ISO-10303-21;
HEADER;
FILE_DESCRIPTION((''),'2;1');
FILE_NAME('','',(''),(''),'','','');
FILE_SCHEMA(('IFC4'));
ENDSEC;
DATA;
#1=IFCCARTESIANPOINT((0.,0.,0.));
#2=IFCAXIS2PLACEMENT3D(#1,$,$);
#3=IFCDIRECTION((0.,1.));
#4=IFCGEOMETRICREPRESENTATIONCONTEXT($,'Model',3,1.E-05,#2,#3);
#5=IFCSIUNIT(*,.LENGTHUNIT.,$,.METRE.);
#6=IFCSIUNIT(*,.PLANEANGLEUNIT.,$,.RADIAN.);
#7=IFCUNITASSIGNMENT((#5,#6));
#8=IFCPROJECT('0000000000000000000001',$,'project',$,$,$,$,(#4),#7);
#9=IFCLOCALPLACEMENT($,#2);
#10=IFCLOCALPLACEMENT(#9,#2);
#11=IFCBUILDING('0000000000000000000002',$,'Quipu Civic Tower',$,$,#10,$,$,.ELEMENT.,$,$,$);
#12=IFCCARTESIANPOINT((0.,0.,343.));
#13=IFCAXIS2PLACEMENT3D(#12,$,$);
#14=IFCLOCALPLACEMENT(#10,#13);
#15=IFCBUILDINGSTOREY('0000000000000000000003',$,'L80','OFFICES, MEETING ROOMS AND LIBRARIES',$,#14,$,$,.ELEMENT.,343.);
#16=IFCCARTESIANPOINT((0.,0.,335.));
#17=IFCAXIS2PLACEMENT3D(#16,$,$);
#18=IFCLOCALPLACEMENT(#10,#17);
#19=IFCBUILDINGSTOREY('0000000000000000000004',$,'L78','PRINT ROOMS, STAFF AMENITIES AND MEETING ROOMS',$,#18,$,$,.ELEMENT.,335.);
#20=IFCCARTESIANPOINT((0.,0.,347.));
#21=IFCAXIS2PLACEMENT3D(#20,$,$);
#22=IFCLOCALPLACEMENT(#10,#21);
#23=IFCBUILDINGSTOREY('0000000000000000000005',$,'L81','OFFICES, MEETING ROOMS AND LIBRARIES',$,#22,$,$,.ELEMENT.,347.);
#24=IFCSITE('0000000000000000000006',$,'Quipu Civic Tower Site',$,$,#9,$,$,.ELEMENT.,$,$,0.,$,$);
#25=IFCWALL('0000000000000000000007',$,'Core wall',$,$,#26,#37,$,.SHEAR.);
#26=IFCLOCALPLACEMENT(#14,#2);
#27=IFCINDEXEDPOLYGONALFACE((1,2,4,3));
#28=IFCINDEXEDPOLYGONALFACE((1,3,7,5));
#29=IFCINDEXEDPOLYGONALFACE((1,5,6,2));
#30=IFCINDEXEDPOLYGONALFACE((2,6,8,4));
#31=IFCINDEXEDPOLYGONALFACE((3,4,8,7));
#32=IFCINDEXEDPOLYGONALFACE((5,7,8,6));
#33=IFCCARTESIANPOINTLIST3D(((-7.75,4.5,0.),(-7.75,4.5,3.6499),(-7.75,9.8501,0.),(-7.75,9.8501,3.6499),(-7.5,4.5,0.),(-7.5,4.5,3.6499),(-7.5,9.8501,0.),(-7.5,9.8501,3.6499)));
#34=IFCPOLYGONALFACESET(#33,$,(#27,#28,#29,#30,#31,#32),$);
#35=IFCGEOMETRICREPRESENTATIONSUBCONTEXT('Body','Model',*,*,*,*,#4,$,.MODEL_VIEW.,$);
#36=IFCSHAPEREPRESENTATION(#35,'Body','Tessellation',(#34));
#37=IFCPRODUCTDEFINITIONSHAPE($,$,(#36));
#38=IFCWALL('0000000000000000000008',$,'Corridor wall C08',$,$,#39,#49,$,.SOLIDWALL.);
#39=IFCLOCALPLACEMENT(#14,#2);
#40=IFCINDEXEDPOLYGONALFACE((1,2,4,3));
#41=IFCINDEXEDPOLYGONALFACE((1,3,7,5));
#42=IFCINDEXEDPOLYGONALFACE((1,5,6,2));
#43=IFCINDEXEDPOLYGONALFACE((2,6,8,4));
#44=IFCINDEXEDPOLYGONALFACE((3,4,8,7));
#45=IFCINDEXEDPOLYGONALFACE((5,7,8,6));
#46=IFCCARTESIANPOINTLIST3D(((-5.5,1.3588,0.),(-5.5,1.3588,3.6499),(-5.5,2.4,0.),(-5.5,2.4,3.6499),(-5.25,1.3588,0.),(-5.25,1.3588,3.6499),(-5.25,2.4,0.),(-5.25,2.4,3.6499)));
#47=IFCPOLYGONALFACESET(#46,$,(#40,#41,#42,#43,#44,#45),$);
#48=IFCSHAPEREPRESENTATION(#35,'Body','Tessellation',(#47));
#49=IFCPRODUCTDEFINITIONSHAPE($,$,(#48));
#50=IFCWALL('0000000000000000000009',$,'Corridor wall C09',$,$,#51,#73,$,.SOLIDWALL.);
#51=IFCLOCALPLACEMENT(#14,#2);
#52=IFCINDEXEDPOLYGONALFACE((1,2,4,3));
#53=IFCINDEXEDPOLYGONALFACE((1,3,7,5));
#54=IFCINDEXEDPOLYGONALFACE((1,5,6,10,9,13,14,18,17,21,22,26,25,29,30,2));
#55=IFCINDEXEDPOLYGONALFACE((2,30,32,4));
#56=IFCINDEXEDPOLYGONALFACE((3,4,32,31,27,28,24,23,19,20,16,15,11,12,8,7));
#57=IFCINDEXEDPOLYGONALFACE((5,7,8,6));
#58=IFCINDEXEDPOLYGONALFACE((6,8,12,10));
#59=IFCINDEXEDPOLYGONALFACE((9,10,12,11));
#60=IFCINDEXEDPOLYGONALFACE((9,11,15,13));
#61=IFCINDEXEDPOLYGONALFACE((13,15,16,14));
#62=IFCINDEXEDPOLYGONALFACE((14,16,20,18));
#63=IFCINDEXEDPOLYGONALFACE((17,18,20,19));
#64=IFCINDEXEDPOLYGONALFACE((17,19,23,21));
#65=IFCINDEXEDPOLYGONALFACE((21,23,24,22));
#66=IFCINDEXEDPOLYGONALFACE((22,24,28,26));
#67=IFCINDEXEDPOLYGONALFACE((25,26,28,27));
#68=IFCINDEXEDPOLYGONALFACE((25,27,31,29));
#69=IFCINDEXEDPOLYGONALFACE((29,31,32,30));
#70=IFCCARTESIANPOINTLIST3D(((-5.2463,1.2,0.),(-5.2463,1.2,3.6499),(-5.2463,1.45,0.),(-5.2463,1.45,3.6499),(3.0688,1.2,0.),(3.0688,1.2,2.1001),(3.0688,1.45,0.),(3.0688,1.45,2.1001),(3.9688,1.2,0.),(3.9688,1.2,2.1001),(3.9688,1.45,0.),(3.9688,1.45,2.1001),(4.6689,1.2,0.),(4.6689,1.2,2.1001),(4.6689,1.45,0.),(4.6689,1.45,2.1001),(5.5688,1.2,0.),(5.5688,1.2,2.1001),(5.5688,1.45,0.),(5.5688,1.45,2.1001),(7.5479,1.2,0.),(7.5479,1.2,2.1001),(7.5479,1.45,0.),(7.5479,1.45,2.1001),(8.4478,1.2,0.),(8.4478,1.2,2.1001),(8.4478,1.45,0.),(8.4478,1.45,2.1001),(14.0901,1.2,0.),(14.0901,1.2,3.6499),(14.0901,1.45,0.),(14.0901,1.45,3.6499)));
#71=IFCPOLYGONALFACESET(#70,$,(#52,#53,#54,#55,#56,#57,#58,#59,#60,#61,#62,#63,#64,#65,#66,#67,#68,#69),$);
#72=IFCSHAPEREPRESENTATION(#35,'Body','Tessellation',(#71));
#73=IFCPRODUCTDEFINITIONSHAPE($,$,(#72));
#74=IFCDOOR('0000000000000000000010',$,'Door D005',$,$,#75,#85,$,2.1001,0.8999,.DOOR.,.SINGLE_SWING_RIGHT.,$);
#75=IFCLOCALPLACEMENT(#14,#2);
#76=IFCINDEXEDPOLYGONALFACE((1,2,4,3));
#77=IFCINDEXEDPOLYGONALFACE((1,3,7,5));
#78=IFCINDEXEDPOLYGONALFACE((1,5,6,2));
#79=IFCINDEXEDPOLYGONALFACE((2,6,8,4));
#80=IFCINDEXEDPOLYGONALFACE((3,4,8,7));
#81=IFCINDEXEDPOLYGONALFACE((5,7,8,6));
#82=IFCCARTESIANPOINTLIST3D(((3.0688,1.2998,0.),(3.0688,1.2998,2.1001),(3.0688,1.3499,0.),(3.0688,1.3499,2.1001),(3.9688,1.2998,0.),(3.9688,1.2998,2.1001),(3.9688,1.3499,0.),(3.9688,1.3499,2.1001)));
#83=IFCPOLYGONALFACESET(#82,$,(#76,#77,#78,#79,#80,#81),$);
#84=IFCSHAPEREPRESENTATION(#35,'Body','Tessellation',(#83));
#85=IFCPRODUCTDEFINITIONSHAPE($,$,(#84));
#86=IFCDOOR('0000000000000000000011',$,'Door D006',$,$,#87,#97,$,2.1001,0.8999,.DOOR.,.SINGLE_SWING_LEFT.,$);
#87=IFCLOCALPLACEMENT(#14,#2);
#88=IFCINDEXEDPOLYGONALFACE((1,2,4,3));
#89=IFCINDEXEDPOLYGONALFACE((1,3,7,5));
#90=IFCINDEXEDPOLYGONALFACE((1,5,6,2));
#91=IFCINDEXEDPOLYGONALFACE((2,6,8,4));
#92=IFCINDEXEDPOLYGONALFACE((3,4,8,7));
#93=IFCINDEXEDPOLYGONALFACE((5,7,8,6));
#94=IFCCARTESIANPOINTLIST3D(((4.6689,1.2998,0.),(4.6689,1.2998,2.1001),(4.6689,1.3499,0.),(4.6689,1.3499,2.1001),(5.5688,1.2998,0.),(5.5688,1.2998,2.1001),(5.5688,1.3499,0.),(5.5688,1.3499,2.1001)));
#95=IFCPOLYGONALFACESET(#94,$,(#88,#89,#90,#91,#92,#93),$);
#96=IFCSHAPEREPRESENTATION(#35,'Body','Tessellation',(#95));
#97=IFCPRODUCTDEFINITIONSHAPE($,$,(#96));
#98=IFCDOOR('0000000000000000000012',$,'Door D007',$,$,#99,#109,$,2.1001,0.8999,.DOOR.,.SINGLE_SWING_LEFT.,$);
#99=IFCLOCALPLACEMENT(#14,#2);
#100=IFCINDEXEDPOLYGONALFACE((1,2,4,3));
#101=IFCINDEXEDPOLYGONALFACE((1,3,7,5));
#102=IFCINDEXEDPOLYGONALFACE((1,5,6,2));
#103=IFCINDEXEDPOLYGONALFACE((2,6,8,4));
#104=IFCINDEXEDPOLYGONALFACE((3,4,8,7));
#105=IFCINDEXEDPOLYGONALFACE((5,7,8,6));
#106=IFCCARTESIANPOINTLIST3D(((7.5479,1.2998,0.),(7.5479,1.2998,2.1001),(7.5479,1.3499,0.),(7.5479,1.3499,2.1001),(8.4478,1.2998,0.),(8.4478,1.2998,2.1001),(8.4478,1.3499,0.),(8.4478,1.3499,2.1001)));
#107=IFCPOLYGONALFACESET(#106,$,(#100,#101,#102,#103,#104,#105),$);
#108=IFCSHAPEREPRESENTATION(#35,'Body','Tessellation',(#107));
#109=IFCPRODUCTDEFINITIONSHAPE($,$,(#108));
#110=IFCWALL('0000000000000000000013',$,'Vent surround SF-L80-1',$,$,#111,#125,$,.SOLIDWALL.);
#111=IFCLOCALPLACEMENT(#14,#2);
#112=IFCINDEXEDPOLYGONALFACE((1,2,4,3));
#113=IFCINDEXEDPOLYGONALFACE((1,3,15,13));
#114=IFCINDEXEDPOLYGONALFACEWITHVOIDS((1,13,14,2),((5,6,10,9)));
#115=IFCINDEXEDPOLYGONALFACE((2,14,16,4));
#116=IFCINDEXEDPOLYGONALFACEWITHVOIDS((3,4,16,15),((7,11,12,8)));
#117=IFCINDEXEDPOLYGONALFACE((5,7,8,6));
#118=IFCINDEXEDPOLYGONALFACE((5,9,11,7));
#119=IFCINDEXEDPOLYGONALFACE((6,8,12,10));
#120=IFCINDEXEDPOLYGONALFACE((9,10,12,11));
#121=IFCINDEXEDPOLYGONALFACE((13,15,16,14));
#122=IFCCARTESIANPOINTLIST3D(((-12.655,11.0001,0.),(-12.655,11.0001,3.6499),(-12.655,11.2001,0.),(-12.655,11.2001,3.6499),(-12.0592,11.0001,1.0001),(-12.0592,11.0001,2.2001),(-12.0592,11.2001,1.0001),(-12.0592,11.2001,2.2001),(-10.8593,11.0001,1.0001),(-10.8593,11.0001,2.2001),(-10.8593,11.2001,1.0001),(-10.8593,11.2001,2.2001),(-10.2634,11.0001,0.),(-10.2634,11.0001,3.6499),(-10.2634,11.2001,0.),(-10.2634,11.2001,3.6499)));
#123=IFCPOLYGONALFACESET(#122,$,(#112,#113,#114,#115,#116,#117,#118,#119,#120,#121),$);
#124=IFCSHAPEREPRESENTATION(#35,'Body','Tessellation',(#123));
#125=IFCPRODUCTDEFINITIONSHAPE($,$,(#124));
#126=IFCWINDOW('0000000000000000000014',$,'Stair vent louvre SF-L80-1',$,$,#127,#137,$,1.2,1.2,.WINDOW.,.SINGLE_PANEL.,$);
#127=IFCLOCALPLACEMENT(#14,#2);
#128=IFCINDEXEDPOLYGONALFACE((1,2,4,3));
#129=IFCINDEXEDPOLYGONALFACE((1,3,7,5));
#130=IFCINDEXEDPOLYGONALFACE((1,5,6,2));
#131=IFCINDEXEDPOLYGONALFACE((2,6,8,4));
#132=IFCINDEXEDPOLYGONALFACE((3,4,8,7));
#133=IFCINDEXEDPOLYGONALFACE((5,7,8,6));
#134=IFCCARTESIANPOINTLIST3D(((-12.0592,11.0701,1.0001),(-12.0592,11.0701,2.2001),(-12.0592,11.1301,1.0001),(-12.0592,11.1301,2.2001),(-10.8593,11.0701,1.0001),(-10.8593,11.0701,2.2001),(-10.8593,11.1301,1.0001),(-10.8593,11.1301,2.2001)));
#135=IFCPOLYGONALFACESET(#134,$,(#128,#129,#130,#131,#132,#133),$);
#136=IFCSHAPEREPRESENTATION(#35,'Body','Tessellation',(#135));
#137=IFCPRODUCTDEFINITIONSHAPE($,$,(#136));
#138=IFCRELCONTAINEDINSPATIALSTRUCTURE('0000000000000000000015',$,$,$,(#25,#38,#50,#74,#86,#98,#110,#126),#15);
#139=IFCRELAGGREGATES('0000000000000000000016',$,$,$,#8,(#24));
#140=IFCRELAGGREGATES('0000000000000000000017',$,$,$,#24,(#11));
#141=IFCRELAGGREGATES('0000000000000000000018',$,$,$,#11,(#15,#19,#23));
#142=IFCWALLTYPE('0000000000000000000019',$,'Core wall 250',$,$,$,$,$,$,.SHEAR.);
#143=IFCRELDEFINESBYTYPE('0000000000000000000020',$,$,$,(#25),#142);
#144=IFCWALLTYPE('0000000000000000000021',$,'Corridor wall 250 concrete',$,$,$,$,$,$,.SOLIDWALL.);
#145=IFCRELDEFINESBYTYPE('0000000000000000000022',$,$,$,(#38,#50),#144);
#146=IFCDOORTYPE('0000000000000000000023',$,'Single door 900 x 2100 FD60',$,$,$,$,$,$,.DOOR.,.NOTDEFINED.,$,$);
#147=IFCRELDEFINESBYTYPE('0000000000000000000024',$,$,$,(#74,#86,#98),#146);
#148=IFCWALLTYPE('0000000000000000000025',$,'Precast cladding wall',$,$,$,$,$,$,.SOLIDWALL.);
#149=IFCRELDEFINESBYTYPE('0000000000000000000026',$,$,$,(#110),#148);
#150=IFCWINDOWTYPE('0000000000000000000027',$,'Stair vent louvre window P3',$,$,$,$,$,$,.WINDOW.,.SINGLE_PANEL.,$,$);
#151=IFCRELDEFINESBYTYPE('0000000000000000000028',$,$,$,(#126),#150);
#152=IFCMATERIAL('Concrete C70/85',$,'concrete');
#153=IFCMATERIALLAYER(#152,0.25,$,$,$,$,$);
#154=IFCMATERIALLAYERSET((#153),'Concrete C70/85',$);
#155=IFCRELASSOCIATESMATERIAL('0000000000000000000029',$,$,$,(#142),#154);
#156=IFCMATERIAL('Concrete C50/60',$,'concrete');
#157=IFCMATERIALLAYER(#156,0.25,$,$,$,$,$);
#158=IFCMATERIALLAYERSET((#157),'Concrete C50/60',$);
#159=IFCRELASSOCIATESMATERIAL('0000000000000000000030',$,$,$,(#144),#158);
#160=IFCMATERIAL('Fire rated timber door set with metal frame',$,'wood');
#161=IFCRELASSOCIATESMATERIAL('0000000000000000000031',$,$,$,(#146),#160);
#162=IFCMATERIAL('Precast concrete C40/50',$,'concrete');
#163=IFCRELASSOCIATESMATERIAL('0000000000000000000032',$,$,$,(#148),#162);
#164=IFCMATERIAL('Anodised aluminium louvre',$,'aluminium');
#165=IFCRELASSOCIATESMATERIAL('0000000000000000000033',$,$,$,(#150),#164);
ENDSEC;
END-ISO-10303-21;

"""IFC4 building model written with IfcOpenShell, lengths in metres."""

from ifc_helpers import new_model, si_unit, direction, frame, frame_2d, origin, place, context, subcontext, project, spatial, rectangle, extrude, material, layer, layer_set, type_object, element, fill, save


model = new_model("IFC4")

# Units and contexts
model_context = context("Model", 3, precision=1e-05, world=origin(), true_north=direction((0.0, 1.0)))
body_context = subcontext(model_context, "Body", "Model", "MODEL_VIEW")
ifc_project = project(units=[si_unit("LENGTHUNIT", "METRE"), si_unit("PLANEANGLEUNIT", "RADIAN")], contexts=[model_context])

# Site, building, storey
site_placement = place(None, origin())
site = spatial("IfcSite", under=ifc_project, at=site_placement, Name="Quipu Civic Tower Site", CompositionType="ELEMENT", RefElevation=0.0)
building_placement = place(site_placement, origin())
building = spatial("IfcBuilding", under=site, at=building_placement, Name="Quipu Civic Tower", CompositionType="ELEMENT")
storey_1_placement = place(building_placement, frame((0.0, 0.0, 343.0)))
storey_1 = spatial("IfcBuildingStorey", under=building, at=storey_1_placement, Name="L80", Description="OFFICES, MEETING ROOMS AND LIBRARIES", CompositionType="ELEMENT", Elevation=343.0)

# Shared definitions
storey_2_placement = place(building_placement, frame((0.0, 0.0, 335.0)))
storey_2 = spatial("IfcBuildingStorey", under=building, at=storey_2_placement, Name="L78", Description="PRINT ROOMS, STAFF AMENITIES AND MEETING ROOMS", CompositionType="ELEMENT", Elevation=335.0)

# Shared definitions
storey_3_placement = place(building_placement, frame((0.0, 0.0, 347.0)))
storey_3 = spatial("IfcBuildingStorey", under=building, at=storey_3_placement, Name="L81", Description="OFFICES, MEETING ROOMS AND LIBRARIES", CompositionType="ELEMENT", Elevation=347.0)

# Walls
ifc_material_1 = material(Name="Concrete C70/85", Category="concrete")
ifc_layer_1 = layer(ifc_material_1, 0.25)
ifc_layer_set_1 = layer_set([ifc_layer_1], Name="Concrete C70/85")
wall_type_1 = type_object("IfcWallType", Name="Core wall 250", PredefinedType="SHEAR", material=ifc_layer_set_1)
wall_1_placement = place(storey_1_placement, frame((-7.625, 4.5, 0.0), z_axis=(0.0, 0.0, 1.0), x_axis=(0.0, 1.0, 0.0)))
element("IfcWall", 1, at=wall_1_placement, inside=storey_1, type_object=wall_type_1, Name="Core wall", PredefinedType="SHEAR", context=body_context, shape_type="SweptSolid", body=[
    extrude(rectangle(XDim=5.3501, YDim=0.25, at=frame_2d((2.675, 0.0))), origin(), (0.0, 0.0, 1.0), 3.6499),
])
ifc_material_2 = material(Name="Concrete C50/60", Category="concrete")
ifc_layer_2 = layer(ifc_material_2, 0.25)
ifc_layer_set_2 = layer_set([ifc_layer_2], Name="Concrete C50/60")
wall_type_2 = type_object("IfcWallType", Name="Corridor wall 250 concrete", PredefinedType="SOLIDWALL", material=ifc_layer_set_2)
wall_2_placement = place(storey_1_placement, frame((-5.375, 2.3999, 0.0), z_axis=(0.0, 0.0, 1.0), x_axis=(0.0, -1.0, 0.0)))
element("IfcWall", 2, at=wall_2_placement, inside=storey_1, type_object=wall_type_2, Name="Corridor wall C08", PredefinedType="SOLIDWALL", context=body_context, shape_type="SweptSolid", body=[
    extrude(rectangle(XDim=1.0413, YDim=0.25, at=frame_2d((0.5205, 0.0))), origin(), (0.0, 0.0, 1.0), 3.6499),
])

# Wall, openings, doors
wall_3_placement = place(storey_1_placement, frame((-5.2463, 1.325, 0.0), z_axis=(0.0, 0.0, 1.0), x_axis=(1.0, 0.0, 0.0)))
wall_3 = element("IfcWall", 3, at=wall_3_placement, inside=storey_1, type_object=wall_type_2, Name="Corridor wall C09", PredefinedType="SOLIDWALL", context=body_context, shape_type="SweptSolid", body=[
    extrude(rectangle(XDim=19.3364, YDim=0.25, at=frame_2d((9.6682, 0.0))), origin(), (0.0, 0.0, 1.0), 3.6499),
])
opening_1_placement = place(wall_3_placement, frame((8.3152, 0.0, 0.0)))
opening_1 = element("IfcOpeningElement", 4, at=opening_1_placement, cuts=wall_3, PredefinedType="OPENING", context=body_context, shape_type="SweptSolid", body=[
    extrude(rectangle(XDim=0.8999, YDim=2.1001, at=frame_2d((0.45, 1.05))), frame((0.0, 0.135, 0.0), z_axis=(0.0, -1.0, 0.0), x_axis=(1.0, 0.0, 0.0)), (0.0, 0.0, 1.0), 0.27),
])
opening_2_placement = place(wall_3_placement, frame((9.9153, 0.0, 0.0)))
opening_2 = element("IfcOpeningElement", 5, at=opening_2_placement, cuts=wall_3, PredefinedType="OPENING", context=body_context, shape_type="SweptSolid", body=[
    extrude(rectangle(XDim=0.8999, YDim=2.1001, at=frame_2d((0.45, 1.05))), frame((0.0, 0.135, 0.0), z_axis=(0.0, -1.0, 0.0), x_axis=(1.0, 0.0, 0.0)), (0.0, 0.0, 1.0), 0.27),
])
opening_3_placement = place(wall_3_placement, frame((12.7942, 0.0, 0.0)))
opening_3 = element("IfcOpeningElement", 6, at=opening_3_placement, cuts=wall_3, PredefinedType="OPENING", context=body_context, shape_type="SweptSolid", body=[
    extrude(rectangle(XDim=0.8999, YDim=2.1001, at=frame_2d((0.45, 1.05))), frame((0.0, 0.135, 0.0), z_axis=(0.0, -1.0, 0.0), x_axis=(1.0, 0.0, 0.0)), (0.0, 0.0, 1.0), 0.27),
])
ifc_material_3 = material(Name="Fire rated timber door set with metal frame", Category="wood")
door_type = type_object("IfcDoorType", Name="Single door 900 x 2100 FD60", OperationType="NOTDEFINED", PredefinedType="DOOR", material=ifc_material_3)
door_1_placement = place(opening_1_placement, origin())
door_1 = element("IfcDoor", 7, at=door_1_placement, inside=storey_1, type_object=door_type, Name="Door D005", OperationType="SINGLE_SWING_RIGHT", OverallHeight=2.1001, OverallWidth=0.8999, PredefinedType="DOOR", context=body_context, shape_type="SweptSolid", body=[
    extrude(rectangle(XDim=0.8999, YDim=2.1001, at=frame_2d((0.45, 1.05))), frame((0.0, 0.0249, 0.0), z_axis=(0.0, -1.0, 0.0), x_axis=(1.0, 0.0, 0.0)), (0.0, 0.0, 1.0), 0.05),
])
fill(opening_1, door_1)
door_2_placement = place(opening_2_placement, origin())
door_2 = element("IfcDoor", 8, at=door_2_placement, inside=storey_1, type_object=door_type, Name="Door D006", OperationType="SINGLE_SWING_LEFT", OverallHeight=2.1001, OverallWidth=0.8999, PredefinedType="DOOR", context=body_context, shape_type="SweptSolid", body=[
    extrude(rectangle(XDim=0.8999, YDim=2.1001, at=frame_2d((0.45, 1.05))), frame((0.0, 0.0249, 0.0), z_axis=(0.0, -1.0, 0.0), x_axis=(1.0, 0.0, 0.0)), (0.0, 0.0, 1.0), 0.05),
])
fill(opening_2, door_2)
door_3_placement = place(opening_3_placement, origin())
door_3 = element("IfcDoor", 9, at=door_3_placement, inside=storey_1, type_object=door_type, Name="Door D007", OperationType="SINGLE_SWING_LEFT", OverallHeight=2.1001, OverallWidth=0.8999, PredefinedType="DOOR", context=body_context, shape_type="SweptSolid", body=[
    extrude(rectangle(XDim=0.8999, YDim=2.1001, at=frame_2d((0.45, 1.05))), frame((0.0, 0.0249, 0.0), z_axis=(0.0, -1.0, 0.0), x_axis=(1.0, 0.0, 0.0)), (0.0, 0.0, 1.0), 0.05),
])
fill(opening_3, door_3)

# Wall, opening, window
ifc_material_4 = material(Name="Precast concrete C40/50", Category="concrete")
wall_type_3 = type_object("IfcWallType", Name="Precast cladding wall", PredefinedType="SOLIDWALL", material=ifc_material_4)
wall_4_placement = place(storey_1_placement, frame((-10.2634, 11.1001, 0.0), z_axis=(0.0, 0.0, 1.0), x_axis=(-1.0, 0.0, 0.0)))
wall_4 = element("IfcWall", 10, at=wall_4_placement, inside=storey_1, type_object=wall_type_3, Name="Vent surround SF-L80-1", PredefinedType="SOLIDWALL", context=body_context, shape_type="SweptSolid", body=[
    extrude(rectangle(XDim=2.3916, YDim=0.2, at=frame_2d((1.1958, 0.0))), origin(), (0.0, 0.0, 1.0), 3.6499),
])
opening_4_placement = place(wall_4_placement, frame((0.5957, 0.0, 1.0)))
opening_4 = element("IfcOpeningElement", 11, at=opening_4_placement, cuts=wall_4, PredefinedType="OPENING", context=body_context, shape_type="SweptSolid", body=[
    extrude(rectangle(XDim=1.2, YDim=1.2, at=frame_2d((0.6001, 0.6001))), frame((0.0, 0.1099, 0.0), z_axis=(0.0, -1.0, 0.0), x_axis=(1.0, 0.0, 0.0)), (0.0, 0.0, 1.0), 0.22),
])
ifc_material_5 = material(Name="Anodised aluminium louvre", Category="aluminium")
window_type = type_object("IfcWindowType", Name="Stair vent louvre window P3", PartitioningType="SINGLE_PANEL", PredefinedType="WINDOW", material=ifc_material_5)
window_placement = place(opening_4_placement, origin())
window = element("IfcWindow", 12, at=window_placement, inside=storey_1, type_object=window_type, Name="Stair vent louvre SF-L80-1", OverallHeight=1.2, OverallWidth=1.2, PartitioningType="SINGLE_PANEL", PredefinedType="WINDOW", context=body_context, shape_type="SweptSolid", body=[
    extrude(rectangle(XDim=1.2, YDim=1.2, at=frame_2d((0.6001, 0.6001))), frame((0.0, 0.03, 0.0), z_axis=(0.0, -1.0, 0.0), x_axis=(1.0, 0.0, 0.0)), (0.0, 0.0, 1.0), 0.0601),
])
fill(opening_4, window)

save(model, "model.ifc")
